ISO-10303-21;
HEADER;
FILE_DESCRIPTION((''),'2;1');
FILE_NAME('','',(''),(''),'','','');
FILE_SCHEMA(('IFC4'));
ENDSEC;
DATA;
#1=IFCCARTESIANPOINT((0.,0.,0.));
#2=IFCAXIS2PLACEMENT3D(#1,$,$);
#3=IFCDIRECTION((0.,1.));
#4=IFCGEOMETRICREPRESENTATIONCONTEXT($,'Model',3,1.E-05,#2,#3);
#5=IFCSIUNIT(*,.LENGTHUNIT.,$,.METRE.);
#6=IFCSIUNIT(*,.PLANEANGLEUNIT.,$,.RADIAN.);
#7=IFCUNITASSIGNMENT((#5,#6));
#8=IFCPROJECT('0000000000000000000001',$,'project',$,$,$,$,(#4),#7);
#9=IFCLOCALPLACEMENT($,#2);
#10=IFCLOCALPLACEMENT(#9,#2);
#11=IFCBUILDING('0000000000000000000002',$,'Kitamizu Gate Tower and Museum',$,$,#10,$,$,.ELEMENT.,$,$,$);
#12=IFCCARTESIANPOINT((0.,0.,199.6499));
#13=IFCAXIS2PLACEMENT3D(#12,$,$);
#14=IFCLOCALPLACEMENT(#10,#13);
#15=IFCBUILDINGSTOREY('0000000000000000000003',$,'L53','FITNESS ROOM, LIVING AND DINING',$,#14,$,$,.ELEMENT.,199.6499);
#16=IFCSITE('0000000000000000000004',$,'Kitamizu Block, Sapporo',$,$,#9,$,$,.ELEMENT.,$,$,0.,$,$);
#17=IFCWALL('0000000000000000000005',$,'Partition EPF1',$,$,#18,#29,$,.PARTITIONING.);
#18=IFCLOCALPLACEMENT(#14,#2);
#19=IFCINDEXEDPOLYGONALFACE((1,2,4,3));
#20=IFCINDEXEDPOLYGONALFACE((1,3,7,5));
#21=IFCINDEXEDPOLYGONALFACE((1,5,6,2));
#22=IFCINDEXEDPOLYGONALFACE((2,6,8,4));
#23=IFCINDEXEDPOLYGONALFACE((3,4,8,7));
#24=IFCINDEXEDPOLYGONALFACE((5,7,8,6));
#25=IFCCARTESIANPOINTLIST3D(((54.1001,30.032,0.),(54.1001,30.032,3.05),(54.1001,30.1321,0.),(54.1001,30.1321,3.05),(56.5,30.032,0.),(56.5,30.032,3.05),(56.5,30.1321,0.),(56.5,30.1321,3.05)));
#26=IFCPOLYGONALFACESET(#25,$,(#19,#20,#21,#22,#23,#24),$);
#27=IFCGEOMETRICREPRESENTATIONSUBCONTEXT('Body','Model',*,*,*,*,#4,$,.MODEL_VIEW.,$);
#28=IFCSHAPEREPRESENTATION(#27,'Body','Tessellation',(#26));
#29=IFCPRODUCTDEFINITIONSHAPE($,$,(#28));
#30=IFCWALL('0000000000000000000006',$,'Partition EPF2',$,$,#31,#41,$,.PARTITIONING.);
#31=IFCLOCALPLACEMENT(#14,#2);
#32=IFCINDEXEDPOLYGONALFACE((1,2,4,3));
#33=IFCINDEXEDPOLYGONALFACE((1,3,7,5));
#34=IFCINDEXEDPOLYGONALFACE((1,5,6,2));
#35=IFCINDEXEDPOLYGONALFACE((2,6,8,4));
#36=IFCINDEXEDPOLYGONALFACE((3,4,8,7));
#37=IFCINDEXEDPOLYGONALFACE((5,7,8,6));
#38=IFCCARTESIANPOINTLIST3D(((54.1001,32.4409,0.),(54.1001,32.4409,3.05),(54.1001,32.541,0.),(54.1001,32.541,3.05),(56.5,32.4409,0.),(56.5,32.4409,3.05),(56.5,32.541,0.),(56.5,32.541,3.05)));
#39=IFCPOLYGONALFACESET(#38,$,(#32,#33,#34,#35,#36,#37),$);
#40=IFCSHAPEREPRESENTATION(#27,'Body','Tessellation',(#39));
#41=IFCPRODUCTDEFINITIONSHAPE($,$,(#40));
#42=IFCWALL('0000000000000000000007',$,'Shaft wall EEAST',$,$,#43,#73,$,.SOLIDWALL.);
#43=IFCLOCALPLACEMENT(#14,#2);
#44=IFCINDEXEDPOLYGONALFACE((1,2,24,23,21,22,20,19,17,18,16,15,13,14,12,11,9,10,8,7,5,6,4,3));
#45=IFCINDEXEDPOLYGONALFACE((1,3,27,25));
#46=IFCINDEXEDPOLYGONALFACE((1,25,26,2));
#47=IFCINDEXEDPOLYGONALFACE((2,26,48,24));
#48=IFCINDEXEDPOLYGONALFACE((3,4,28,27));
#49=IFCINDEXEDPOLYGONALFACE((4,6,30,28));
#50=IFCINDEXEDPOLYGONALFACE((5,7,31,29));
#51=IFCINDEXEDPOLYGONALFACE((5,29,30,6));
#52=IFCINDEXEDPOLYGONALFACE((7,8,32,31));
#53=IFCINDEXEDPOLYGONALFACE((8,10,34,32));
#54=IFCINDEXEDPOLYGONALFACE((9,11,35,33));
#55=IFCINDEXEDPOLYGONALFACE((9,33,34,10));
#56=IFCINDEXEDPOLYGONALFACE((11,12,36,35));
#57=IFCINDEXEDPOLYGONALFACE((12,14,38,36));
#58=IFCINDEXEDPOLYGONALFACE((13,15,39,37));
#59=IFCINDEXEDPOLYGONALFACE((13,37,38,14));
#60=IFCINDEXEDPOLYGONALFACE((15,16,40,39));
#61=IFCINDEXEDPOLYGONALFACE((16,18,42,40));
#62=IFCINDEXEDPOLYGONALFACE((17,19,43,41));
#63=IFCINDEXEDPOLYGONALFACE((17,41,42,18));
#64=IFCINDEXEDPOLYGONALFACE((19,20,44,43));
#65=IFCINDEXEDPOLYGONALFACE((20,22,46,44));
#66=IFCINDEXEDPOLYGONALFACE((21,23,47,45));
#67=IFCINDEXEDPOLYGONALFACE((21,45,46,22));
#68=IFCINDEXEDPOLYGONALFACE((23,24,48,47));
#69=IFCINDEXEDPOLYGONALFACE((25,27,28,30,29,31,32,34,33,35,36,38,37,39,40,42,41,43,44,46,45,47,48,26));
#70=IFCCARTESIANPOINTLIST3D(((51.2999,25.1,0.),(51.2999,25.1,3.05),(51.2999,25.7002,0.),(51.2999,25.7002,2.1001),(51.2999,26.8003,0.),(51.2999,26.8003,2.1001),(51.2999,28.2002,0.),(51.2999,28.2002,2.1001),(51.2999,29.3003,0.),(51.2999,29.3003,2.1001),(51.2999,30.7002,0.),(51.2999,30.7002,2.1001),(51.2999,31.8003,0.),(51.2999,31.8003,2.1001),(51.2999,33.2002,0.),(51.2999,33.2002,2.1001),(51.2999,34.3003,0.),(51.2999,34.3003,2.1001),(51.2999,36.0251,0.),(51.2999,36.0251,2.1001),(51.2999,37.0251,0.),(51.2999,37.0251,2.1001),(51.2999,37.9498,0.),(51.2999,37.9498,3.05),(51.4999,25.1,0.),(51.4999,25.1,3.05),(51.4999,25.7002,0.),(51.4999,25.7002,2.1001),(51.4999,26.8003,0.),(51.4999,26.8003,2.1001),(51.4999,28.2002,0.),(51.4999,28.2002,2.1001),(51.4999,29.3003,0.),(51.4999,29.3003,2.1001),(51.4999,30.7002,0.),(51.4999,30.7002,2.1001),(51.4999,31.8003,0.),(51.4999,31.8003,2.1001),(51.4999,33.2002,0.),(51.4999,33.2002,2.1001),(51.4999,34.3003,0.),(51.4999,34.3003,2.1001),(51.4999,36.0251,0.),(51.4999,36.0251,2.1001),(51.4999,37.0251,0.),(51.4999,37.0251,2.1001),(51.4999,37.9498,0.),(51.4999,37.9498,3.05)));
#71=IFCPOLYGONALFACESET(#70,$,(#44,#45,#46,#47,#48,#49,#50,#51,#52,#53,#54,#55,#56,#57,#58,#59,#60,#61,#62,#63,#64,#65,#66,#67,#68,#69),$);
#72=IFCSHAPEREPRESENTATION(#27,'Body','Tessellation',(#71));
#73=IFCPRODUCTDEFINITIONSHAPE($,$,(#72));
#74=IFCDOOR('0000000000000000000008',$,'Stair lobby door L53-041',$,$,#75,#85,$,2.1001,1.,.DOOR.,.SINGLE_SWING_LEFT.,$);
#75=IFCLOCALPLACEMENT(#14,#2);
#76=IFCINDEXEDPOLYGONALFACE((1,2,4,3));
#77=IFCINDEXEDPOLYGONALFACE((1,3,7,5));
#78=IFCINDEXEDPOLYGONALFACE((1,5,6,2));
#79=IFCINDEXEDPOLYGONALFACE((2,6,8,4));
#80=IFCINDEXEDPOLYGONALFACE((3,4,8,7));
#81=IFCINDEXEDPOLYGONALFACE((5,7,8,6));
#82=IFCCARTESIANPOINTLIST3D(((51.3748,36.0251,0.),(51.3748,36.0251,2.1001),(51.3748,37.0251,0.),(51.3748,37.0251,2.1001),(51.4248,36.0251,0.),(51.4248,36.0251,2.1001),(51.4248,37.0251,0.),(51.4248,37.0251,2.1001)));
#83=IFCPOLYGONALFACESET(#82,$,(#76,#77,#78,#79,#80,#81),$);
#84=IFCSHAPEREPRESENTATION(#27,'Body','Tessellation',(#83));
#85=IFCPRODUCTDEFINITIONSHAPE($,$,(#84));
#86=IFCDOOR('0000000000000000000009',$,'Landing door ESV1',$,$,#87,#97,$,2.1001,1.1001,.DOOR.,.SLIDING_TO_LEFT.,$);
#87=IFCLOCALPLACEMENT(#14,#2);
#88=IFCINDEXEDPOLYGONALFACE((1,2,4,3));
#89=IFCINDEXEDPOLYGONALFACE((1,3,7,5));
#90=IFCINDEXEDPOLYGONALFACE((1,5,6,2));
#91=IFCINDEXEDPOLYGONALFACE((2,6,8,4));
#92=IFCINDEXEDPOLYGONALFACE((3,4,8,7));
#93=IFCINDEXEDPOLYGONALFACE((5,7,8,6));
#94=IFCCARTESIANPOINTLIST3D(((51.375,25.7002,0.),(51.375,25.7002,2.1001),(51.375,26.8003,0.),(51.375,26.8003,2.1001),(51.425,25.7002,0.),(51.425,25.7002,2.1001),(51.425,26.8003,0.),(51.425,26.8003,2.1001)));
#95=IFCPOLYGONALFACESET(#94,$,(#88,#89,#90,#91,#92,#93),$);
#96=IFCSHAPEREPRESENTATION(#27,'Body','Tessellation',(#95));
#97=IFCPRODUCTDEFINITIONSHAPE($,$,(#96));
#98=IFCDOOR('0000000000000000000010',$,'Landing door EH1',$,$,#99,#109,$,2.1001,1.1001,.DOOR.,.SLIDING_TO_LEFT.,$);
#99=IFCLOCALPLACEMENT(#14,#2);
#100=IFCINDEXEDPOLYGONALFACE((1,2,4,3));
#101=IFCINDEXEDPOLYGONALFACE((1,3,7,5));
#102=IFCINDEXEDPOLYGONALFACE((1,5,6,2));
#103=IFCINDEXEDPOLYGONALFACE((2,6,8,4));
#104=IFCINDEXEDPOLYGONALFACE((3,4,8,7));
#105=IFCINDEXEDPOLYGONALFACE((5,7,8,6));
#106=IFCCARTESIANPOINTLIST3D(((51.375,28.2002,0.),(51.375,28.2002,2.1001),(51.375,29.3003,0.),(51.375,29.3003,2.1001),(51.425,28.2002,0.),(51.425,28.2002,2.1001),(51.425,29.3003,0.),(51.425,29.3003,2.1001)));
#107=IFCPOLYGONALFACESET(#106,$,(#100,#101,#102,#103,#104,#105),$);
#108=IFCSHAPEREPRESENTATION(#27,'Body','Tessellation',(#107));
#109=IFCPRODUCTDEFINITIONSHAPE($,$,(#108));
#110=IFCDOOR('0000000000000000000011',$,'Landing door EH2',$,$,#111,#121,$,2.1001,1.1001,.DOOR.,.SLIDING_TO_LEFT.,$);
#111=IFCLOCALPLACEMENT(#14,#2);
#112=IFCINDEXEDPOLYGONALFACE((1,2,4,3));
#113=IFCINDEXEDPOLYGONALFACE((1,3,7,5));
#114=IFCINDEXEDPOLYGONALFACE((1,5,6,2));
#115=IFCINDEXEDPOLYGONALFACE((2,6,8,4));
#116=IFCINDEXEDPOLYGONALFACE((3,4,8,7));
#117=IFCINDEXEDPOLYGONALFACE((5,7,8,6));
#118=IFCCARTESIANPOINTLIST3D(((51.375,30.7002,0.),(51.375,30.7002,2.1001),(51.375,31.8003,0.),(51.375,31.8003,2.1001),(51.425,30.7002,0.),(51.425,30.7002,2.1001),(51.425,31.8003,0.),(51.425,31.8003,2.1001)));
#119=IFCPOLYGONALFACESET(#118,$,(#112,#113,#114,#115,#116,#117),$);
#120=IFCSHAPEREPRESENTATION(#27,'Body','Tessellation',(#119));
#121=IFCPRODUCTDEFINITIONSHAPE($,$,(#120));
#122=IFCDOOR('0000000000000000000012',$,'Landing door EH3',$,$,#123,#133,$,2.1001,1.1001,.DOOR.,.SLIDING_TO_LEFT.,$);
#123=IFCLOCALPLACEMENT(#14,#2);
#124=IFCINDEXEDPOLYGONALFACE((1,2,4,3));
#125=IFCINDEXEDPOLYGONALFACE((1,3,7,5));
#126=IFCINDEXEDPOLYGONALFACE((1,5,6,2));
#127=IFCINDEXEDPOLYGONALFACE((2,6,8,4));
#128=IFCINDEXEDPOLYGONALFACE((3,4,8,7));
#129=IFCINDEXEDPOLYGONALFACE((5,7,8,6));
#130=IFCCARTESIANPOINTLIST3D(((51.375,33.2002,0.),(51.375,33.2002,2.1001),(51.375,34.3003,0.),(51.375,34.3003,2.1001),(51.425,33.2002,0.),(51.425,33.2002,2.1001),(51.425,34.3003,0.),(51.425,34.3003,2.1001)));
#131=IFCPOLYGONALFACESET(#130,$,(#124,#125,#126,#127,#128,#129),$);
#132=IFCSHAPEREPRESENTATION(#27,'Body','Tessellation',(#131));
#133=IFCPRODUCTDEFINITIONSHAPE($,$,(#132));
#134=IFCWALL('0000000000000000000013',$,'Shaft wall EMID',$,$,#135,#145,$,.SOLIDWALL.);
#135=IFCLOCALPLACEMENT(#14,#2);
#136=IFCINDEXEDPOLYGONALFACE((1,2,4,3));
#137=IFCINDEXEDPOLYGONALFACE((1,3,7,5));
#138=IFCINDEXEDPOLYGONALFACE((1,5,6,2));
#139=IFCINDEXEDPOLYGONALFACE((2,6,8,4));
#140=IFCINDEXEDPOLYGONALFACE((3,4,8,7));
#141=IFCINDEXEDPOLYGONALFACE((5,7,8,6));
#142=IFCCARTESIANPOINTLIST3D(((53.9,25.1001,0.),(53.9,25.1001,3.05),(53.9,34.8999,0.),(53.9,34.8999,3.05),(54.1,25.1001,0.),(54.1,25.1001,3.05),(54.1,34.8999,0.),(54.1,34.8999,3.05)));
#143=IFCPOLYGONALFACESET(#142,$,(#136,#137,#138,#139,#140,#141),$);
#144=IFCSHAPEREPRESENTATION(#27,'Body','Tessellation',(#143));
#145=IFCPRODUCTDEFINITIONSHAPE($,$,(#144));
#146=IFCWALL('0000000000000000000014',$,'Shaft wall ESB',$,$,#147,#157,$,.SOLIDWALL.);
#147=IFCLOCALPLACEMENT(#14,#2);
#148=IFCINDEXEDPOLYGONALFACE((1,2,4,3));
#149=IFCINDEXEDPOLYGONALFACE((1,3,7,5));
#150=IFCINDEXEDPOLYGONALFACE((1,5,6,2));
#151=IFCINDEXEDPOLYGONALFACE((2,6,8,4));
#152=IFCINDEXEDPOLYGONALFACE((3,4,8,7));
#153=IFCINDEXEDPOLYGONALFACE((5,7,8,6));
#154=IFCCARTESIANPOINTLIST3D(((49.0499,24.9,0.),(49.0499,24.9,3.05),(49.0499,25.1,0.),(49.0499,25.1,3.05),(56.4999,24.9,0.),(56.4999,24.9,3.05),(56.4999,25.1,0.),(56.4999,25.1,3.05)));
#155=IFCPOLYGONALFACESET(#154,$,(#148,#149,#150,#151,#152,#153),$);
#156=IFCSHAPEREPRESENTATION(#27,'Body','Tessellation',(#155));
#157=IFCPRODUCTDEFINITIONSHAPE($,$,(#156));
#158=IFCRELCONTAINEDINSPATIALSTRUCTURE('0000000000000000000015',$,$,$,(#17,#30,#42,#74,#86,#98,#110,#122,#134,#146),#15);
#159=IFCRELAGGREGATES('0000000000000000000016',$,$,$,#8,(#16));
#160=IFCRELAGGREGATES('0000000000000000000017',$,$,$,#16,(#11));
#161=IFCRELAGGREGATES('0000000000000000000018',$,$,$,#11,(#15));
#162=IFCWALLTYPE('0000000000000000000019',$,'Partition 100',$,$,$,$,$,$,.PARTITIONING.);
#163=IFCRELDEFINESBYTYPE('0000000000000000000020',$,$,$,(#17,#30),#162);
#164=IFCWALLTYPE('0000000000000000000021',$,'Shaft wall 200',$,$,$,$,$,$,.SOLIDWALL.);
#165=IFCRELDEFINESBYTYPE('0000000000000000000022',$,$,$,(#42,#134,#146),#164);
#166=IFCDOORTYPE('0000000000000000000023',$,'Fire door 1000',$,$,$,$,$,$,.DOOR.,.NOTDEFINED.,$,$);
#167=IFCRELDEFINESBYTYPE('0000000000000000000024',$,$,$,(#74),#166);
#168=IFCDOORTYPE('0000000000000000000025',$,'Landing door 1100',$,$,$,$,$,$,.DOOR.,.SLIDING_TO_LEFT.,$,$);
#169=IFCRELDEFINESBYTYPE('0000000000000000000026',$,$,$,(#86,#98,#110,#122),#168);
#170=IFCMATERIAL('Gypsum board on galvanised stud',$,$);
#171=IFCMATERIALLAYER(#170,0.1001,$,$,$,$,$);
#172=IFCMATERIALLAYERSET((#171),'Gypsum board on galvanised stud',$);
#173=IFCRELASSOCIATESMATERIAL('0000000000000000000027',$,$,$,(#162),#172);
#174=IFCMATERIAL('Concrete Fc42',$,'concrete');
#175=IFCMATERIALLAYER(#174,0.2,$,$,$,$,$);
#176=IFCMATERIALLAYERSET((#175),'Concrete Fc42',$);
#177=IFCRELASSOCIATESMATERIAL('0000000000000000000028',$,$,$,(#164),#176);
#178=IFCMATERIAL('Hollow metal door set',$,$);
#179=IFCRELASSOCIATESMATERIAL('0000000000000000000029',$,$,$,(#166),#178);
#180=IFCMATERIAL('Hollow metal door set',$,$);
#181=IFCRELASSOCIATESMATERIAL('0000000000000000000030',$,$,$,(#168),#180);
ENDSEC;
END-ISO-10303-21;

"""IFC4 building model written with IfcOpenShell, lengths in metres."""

from ifc_helpers import new_model, si_unit, direction, frame, frame_2d, origin, place, context, subcontext, project, spatial, rectangle, extrude, material, layer, layer_set, type_object, element, fill, save


model = new_model("IFC4")

# Units and contexts
model_context = context("Model", 3, precision=1e-05, world=origin(), true_north=direction((0.0, 1.0)))
body_context = subcontext(model_context, "Body", "Model", "MODEL_VIEW")
ifc_project = project(units=[si_unit("LENGTHUNIT", "METRE"), si_unit("PLANEANGLEUNIT", "RADIAN")], contexts=[model_context])

# Site, building, storey
site_placement = place(None, origin())
site = spatial("IfcSite", under=ifc_project, at=site_placement, Name="Kitamizu Block, Sapporo", CompositionType="ELEMENT", RefElevation=0.0)
building_placement = place(site_placement, origin())
building = spatial("IfcBuilding", under=site, at=building_placement, Name="Kitamizu Gate Tower and Museum", CompositionType="ELEMENT")
storey_placement = place(building_placement, frame((0.0, 0.0, 199.6499)))
storey = spatial("IfcBuildingStorey", under=building, at=storey_placement, Name="L53", Description="FITNESS ROOM, LIVING AND DINING", CompositionType="ELEMENT", Elevation=199.6499)

# Walls
ifc_material_1 = material(Name="Gypsum board on galvanised stud")
ifc_layer_1 = layer(ifc_material_1, 0.1001)
ifc_layer_set_1 = layer_set([ifc_layer_1], Name="Gypsum board on galvanised stud")
wall_type_1 = type_object("IfcWallType", Name="Partition 100", PredefinedType="PARTITIONING", material=ifc_layer_set_1)
for number, where, z_axis, x_axis, name in (
    (1, (56.5, 30.082, 0.0), (0.0, 0.0, 1.0), (-1.0, 0.0, 0.0), "Partition EPF1"),
    (2, (56.5, 32.491, 0.0), (0.0, 0.0, 1.0), (-1.0, 0.0, 0.0), "Partition EPF2"),
):
    element("IfcWall", number, at=place(storey_placement, frame(where, z_axis=z_axis, x_axis=x_axis)), inside=storey, type_object=wall_type_1, Name=name, PredefinedType="PARTITIONING", context=body_context, shape_type="SweptSolid", body=[
        extrude(rectangle(XDim=2.3999, YDim=0.1001, at=frame_2d((1.2, 0.0))), origin(), (0.0, 0.0, 1.0), 3.05),
    ])

# Wall, openings, doors
ifc_material_2 = material(Name="Concrete Fc42", Category="concrete")
ifc_layer_2 = layer(ifc_material_2, 0.2)
ifc_layer_set_2 = layer_set([ifc_layer_2], Name="Concrete Fc42")
wall_type_2 = type_object("IfcWallType", Name="Shaft wall 200", PredefinedType="SOLIDWALL", material=ifc_layer_set_2)
wall_1_placement = place(storey_placement, frame((51.3999, 25.1001, 0.0), z_axis=(0.0, 0.0, 1.0), x_axis=(0.0, 1.0, 0.0)))
wall_1 = element("IfcWall", 3, at=wall_1_placement, inside=storey, type_object=wall_type_2, Name="Shaft wall EEAST", PredefinedType="SOLIDWALL", context=body_context, shape_type="SweptSolid", body=[
    extrude(rectangle(XDim=12.8499, YDim=0.2, at=frame_2d((6.4248, 0.0))), origin(), (0.0, 0.0, 1.0), 3.05),
])
opening_1_placement = place(wall_1_placement, frame((0.6001, 0.0, 0.0)))
opening_1 = element("IfcOpeningElement", 4, at=opening_1_placement, cuts=wall_1, PredefinedType="OPENING", context=body_context, shape_type="SweptSolid", body=[
    extrude(rectangle(XDim=1.1001, YDim=2.1001, at=frame_2d((0.55, 1.05))), frame((0.0, 0.1099, 0.0), z_axis=(0.0, -1.0, 0.0), x_axis=(1.0, 0.0, 0.0)), (0.0, 0.0, 1.0), 0.22),
])
opening_2_placement = place(wall_1_placement, frame((3.1001, 0.0, 0.0)))
opening_2 = element("IfcOpeningElement", 5, at=opening_2_placement, cuts=wall_1, PredefinedType="OPENING", context=body_context, shape_type="SweptSolid", body=[
    extrude(rectangle(XDim=1.1001, YDim=2.1001, at=frame_2d((0.55, 1.05))), frame((0.0, 0.1099, 0.0), z_axis=(0.0, -1.0, 0.0), x_axis=(1.0, 0.0, 0.0)), (0.0, 0.0, 1.0), 0.22),
])
opening_3_placement = place(wall_1_placement, frame((5.6001, 0.0, 0.0)))
opening_3 = element("IfcOpeningElement", 6, at=opening_3_placement, cuts=wall_1, PredefinedType="OPENING", context=body_context, shape_type="SweptSolid", body=[
    extrude(rectangle(XDim=1.1001, YDim=2.1001, at=frame_2d((0.55, 1.05))), frame((0.0, 0.1099, 0.0), z_axis=(0.0, -1.0, 0.0), x_axis=(1.0, 0.0, 0.0)), (0.0, 0.0, 1.0), 0.22),
])
opening_4_placement = place(wall_1_placement, frame((8.1001, 0.0, 0.0)))
opening_4 = element("IfcOpeningElement", 7, at=opening_4_placement, cuts=wall_1, PredefinedType="OPENING", context=body_context, shape_type="SweptSolid", body=[
    extrude(rectangle(XDim=1.1001, YDim=2.1001, at=frame_2d((0.55, 1.05))), frame((0.0, 0.1099, 0.0), z_axis=(0.0, -1.0, 0.0), x_axis=(1.0, 0.0, 0.0)), (0.0, 0.0, 1.0), 0.22),
])
opening_5_placement = place(wall_1_placement, frame((10.925, 0.0, 0.0)))
opening_5 = element("IfcOpeningElement", 8, at=opening_5_placement, cuts=wall_1, PredefinedType="OPENING", context=body_context, shape_type="SweptSolid", body=[
    extrude(rectangle(XDim=1.0, YDim=2.1001, at=frame_2d((0.5, 1.05))), frame((0.0, 0.1099, 0.0), z_axis=(0.0, -1.0, 0.0), x_axis=(1.0, 0.0, 0.0)), (0.0, 0.0, 1.0), 0.22),
])
ifc_material_3 = material(Name="Hollow metal door set")
door_type_1 = type_object("IfcDoorType", Name="Fire door 1000", OperationType="NOTDEFINED", PredefinedType="DOOR", material=ifc_material_3)
door_1_placement = place(opening_5_placement, frame((1.0, 0.0, 0.0), x_axis=(-1.0, 0.0, 0.0)))
door_1 = element("IfcDoor", 9, at=door_1_placement, inside=storey, type_object=door_type_1, Name="Stair lobby door L53-041", OperationType="SINGLE_SWING_LEFT", OverallHeight=2.1001, OverallWidth=1.0, PredefinedType="DOOR", context=body_context, shape_type="SweptSolid", body=[
    extrude(rectangle(XDim=1.0, YDim=2.1001, at=frame_2d((0.5, 1.05))), frame((0.0, 0.0249, 0.0), z_axis=(0.0, -1.0, 0.0), x_axis=(1.0, 0.0, 0.0)), (0.0, 0.0, 1.0), 0.05),
])
fill(opening_5, door_1)
ifc_material_4 = material(Name="Hollow metal door set")
door_type_2 = type_object("IfcDoorType", Name="Landing door 1100", OperationType="SLIDING_TO_LEFT", PredefinedType="DOOR", material=ifc_material_4)
door_2_placement = place(opening_1_placement, origin())
door_2 = element("IfcDoor", 10, at=door_2_placement, inside=storey, type_object=door_type_2, Name="Landing door ESV1", OperationType="SLIDING_TO_LEFT", OverallHeight=2.1001, OverallWidth=1.1001, PredefinedType="DOOR", context=body_context, shape_type="SweptSolid", body=[
    extrude(rectangle(XDim=1.1001, YDim=2.1001, at=frame_2d((0.55, 1.05))), frame((0.0, 0.0249, 0.0), z_axis=(0.0, -1.0, 0.0), x_axis=(1.0, 0.0, 0.0)), (0.0, 0.0, 1.0), 0.05),
])
fill(opening_1, door_2)
door_3_placement = place(opening_2_placement, origin())
door_3 = element("IfcDoor", 11, at=door_3_placement, inside=storey, type_object=door_type_2, Name="Landing door EH1", OperationType="SLIDING_TO_LEFT", OverallHeight=2.1001, OverallWidth=1.1001, PredefinedType="DOOR", context=body_context, shape_type="SweptSolid", body=[
    extrude(rectangle(XDim=1.1001, YDim=2.1001, at=frame_2d((0.55, 1.05))), frame((0.0, 0.0249, 0.0), z_axis=(0.0, -1.0, 0.0), x_axis=(1.0, 0.0, 0.0)), (0.0, 0.0, 1.0), 0.05),
])
fill(opening_2, door_3)
door_4_placement = place(opening_3_placement, origin())
door_4 = element("IfcDoor", 12, at=door_4_placement, inside=storey, type_object=door_type_2, Name="Landing door EH2", OperationType="SLIDING_TO_LEFT", OverallHeight=2.1001, OverallWidth=1.1001, PredefinedType="DOOR", context=body_context, shape_type="SweptSolid", body=[
    extrude(rectangle(XDim=1.1001, YDim=2.1001, at=frame_2d((0.55, 1.05))), frame((0.0, 0.0249, 0.0), z_axis=(0.0, -1.0, 0.0), x_axis=(1.0, 0.0, 0.0)), (0.0, 0.0, 1.0), 0.05),
])
fill(opening_3, door_4)
door_5_placement = place(opening_4_placement, origin())
door_5 = element("IfcDoor", 13, at=door_5_placement, inside=storey, type_object=door_type_2, Name="Landing door EH3", OperationType="SLIDING_TO_LEFT", OverallHeight=2.1001, OverallWidth=1.1001, PredefinedType="DOOR", context=body_context, shape_type="SweptSolid", body=[
    extrude(rectangle(XDim=1.1001, YDim=2.1001, at=frame_2d((0.55, 1.05))), frame((0.0, 0.0249, 0.0), z_axis=(0.0, -1.0, 0.0), x_axis=(1.0, 0.0, 0.0)), (0.0, 0.0, 1.0), 0.05),
])
fill(opening_4, door_5)

# Walls
wall_2_placement = place(storey_placement, frame((54.0, 25.1001, 0.0), z_axis=(0.0, 0.0, 1.0), x_axis=(0.0, 1.0, 0.0)))
element("IfcWall", 14, at=wall_2_placement, inside=storey, type_object=wall_type_2, Name="Shaft wall EMID", PredefinedType="SOLIDWALL", context=body_context, shape_type="SweptSolid", body=[
    extrude(rectangle(XDim=9.7998, YDim=0.2, at=frame_2d((4.8999, 0.0))), origin(), (0.0, 0.0, 1.0), 3.05),
])
wall_3_placement = place(storey_placement, frame((56.5, 25.0, 0.0), z_axis=(0.0, 0.0, 1.0), x_axis=(-1.0, 0.0, 0.0)))
element("IfcWall", 15, at=wall_3_placement, inside=storey, type_object=wall_type_2, Name="Shaft wall ESB", PredefinedType="SOLIDWALL", context=body_context, shape_type="SweptSolid", body=[
    extrude(rectangle(XDim=7.45, YDim=0.2, at=frame_2d((3.7251, 0.0))), origin(), (0.0, 0.0, 1.0), 3.05),
])

save(model, "model.ifc")
